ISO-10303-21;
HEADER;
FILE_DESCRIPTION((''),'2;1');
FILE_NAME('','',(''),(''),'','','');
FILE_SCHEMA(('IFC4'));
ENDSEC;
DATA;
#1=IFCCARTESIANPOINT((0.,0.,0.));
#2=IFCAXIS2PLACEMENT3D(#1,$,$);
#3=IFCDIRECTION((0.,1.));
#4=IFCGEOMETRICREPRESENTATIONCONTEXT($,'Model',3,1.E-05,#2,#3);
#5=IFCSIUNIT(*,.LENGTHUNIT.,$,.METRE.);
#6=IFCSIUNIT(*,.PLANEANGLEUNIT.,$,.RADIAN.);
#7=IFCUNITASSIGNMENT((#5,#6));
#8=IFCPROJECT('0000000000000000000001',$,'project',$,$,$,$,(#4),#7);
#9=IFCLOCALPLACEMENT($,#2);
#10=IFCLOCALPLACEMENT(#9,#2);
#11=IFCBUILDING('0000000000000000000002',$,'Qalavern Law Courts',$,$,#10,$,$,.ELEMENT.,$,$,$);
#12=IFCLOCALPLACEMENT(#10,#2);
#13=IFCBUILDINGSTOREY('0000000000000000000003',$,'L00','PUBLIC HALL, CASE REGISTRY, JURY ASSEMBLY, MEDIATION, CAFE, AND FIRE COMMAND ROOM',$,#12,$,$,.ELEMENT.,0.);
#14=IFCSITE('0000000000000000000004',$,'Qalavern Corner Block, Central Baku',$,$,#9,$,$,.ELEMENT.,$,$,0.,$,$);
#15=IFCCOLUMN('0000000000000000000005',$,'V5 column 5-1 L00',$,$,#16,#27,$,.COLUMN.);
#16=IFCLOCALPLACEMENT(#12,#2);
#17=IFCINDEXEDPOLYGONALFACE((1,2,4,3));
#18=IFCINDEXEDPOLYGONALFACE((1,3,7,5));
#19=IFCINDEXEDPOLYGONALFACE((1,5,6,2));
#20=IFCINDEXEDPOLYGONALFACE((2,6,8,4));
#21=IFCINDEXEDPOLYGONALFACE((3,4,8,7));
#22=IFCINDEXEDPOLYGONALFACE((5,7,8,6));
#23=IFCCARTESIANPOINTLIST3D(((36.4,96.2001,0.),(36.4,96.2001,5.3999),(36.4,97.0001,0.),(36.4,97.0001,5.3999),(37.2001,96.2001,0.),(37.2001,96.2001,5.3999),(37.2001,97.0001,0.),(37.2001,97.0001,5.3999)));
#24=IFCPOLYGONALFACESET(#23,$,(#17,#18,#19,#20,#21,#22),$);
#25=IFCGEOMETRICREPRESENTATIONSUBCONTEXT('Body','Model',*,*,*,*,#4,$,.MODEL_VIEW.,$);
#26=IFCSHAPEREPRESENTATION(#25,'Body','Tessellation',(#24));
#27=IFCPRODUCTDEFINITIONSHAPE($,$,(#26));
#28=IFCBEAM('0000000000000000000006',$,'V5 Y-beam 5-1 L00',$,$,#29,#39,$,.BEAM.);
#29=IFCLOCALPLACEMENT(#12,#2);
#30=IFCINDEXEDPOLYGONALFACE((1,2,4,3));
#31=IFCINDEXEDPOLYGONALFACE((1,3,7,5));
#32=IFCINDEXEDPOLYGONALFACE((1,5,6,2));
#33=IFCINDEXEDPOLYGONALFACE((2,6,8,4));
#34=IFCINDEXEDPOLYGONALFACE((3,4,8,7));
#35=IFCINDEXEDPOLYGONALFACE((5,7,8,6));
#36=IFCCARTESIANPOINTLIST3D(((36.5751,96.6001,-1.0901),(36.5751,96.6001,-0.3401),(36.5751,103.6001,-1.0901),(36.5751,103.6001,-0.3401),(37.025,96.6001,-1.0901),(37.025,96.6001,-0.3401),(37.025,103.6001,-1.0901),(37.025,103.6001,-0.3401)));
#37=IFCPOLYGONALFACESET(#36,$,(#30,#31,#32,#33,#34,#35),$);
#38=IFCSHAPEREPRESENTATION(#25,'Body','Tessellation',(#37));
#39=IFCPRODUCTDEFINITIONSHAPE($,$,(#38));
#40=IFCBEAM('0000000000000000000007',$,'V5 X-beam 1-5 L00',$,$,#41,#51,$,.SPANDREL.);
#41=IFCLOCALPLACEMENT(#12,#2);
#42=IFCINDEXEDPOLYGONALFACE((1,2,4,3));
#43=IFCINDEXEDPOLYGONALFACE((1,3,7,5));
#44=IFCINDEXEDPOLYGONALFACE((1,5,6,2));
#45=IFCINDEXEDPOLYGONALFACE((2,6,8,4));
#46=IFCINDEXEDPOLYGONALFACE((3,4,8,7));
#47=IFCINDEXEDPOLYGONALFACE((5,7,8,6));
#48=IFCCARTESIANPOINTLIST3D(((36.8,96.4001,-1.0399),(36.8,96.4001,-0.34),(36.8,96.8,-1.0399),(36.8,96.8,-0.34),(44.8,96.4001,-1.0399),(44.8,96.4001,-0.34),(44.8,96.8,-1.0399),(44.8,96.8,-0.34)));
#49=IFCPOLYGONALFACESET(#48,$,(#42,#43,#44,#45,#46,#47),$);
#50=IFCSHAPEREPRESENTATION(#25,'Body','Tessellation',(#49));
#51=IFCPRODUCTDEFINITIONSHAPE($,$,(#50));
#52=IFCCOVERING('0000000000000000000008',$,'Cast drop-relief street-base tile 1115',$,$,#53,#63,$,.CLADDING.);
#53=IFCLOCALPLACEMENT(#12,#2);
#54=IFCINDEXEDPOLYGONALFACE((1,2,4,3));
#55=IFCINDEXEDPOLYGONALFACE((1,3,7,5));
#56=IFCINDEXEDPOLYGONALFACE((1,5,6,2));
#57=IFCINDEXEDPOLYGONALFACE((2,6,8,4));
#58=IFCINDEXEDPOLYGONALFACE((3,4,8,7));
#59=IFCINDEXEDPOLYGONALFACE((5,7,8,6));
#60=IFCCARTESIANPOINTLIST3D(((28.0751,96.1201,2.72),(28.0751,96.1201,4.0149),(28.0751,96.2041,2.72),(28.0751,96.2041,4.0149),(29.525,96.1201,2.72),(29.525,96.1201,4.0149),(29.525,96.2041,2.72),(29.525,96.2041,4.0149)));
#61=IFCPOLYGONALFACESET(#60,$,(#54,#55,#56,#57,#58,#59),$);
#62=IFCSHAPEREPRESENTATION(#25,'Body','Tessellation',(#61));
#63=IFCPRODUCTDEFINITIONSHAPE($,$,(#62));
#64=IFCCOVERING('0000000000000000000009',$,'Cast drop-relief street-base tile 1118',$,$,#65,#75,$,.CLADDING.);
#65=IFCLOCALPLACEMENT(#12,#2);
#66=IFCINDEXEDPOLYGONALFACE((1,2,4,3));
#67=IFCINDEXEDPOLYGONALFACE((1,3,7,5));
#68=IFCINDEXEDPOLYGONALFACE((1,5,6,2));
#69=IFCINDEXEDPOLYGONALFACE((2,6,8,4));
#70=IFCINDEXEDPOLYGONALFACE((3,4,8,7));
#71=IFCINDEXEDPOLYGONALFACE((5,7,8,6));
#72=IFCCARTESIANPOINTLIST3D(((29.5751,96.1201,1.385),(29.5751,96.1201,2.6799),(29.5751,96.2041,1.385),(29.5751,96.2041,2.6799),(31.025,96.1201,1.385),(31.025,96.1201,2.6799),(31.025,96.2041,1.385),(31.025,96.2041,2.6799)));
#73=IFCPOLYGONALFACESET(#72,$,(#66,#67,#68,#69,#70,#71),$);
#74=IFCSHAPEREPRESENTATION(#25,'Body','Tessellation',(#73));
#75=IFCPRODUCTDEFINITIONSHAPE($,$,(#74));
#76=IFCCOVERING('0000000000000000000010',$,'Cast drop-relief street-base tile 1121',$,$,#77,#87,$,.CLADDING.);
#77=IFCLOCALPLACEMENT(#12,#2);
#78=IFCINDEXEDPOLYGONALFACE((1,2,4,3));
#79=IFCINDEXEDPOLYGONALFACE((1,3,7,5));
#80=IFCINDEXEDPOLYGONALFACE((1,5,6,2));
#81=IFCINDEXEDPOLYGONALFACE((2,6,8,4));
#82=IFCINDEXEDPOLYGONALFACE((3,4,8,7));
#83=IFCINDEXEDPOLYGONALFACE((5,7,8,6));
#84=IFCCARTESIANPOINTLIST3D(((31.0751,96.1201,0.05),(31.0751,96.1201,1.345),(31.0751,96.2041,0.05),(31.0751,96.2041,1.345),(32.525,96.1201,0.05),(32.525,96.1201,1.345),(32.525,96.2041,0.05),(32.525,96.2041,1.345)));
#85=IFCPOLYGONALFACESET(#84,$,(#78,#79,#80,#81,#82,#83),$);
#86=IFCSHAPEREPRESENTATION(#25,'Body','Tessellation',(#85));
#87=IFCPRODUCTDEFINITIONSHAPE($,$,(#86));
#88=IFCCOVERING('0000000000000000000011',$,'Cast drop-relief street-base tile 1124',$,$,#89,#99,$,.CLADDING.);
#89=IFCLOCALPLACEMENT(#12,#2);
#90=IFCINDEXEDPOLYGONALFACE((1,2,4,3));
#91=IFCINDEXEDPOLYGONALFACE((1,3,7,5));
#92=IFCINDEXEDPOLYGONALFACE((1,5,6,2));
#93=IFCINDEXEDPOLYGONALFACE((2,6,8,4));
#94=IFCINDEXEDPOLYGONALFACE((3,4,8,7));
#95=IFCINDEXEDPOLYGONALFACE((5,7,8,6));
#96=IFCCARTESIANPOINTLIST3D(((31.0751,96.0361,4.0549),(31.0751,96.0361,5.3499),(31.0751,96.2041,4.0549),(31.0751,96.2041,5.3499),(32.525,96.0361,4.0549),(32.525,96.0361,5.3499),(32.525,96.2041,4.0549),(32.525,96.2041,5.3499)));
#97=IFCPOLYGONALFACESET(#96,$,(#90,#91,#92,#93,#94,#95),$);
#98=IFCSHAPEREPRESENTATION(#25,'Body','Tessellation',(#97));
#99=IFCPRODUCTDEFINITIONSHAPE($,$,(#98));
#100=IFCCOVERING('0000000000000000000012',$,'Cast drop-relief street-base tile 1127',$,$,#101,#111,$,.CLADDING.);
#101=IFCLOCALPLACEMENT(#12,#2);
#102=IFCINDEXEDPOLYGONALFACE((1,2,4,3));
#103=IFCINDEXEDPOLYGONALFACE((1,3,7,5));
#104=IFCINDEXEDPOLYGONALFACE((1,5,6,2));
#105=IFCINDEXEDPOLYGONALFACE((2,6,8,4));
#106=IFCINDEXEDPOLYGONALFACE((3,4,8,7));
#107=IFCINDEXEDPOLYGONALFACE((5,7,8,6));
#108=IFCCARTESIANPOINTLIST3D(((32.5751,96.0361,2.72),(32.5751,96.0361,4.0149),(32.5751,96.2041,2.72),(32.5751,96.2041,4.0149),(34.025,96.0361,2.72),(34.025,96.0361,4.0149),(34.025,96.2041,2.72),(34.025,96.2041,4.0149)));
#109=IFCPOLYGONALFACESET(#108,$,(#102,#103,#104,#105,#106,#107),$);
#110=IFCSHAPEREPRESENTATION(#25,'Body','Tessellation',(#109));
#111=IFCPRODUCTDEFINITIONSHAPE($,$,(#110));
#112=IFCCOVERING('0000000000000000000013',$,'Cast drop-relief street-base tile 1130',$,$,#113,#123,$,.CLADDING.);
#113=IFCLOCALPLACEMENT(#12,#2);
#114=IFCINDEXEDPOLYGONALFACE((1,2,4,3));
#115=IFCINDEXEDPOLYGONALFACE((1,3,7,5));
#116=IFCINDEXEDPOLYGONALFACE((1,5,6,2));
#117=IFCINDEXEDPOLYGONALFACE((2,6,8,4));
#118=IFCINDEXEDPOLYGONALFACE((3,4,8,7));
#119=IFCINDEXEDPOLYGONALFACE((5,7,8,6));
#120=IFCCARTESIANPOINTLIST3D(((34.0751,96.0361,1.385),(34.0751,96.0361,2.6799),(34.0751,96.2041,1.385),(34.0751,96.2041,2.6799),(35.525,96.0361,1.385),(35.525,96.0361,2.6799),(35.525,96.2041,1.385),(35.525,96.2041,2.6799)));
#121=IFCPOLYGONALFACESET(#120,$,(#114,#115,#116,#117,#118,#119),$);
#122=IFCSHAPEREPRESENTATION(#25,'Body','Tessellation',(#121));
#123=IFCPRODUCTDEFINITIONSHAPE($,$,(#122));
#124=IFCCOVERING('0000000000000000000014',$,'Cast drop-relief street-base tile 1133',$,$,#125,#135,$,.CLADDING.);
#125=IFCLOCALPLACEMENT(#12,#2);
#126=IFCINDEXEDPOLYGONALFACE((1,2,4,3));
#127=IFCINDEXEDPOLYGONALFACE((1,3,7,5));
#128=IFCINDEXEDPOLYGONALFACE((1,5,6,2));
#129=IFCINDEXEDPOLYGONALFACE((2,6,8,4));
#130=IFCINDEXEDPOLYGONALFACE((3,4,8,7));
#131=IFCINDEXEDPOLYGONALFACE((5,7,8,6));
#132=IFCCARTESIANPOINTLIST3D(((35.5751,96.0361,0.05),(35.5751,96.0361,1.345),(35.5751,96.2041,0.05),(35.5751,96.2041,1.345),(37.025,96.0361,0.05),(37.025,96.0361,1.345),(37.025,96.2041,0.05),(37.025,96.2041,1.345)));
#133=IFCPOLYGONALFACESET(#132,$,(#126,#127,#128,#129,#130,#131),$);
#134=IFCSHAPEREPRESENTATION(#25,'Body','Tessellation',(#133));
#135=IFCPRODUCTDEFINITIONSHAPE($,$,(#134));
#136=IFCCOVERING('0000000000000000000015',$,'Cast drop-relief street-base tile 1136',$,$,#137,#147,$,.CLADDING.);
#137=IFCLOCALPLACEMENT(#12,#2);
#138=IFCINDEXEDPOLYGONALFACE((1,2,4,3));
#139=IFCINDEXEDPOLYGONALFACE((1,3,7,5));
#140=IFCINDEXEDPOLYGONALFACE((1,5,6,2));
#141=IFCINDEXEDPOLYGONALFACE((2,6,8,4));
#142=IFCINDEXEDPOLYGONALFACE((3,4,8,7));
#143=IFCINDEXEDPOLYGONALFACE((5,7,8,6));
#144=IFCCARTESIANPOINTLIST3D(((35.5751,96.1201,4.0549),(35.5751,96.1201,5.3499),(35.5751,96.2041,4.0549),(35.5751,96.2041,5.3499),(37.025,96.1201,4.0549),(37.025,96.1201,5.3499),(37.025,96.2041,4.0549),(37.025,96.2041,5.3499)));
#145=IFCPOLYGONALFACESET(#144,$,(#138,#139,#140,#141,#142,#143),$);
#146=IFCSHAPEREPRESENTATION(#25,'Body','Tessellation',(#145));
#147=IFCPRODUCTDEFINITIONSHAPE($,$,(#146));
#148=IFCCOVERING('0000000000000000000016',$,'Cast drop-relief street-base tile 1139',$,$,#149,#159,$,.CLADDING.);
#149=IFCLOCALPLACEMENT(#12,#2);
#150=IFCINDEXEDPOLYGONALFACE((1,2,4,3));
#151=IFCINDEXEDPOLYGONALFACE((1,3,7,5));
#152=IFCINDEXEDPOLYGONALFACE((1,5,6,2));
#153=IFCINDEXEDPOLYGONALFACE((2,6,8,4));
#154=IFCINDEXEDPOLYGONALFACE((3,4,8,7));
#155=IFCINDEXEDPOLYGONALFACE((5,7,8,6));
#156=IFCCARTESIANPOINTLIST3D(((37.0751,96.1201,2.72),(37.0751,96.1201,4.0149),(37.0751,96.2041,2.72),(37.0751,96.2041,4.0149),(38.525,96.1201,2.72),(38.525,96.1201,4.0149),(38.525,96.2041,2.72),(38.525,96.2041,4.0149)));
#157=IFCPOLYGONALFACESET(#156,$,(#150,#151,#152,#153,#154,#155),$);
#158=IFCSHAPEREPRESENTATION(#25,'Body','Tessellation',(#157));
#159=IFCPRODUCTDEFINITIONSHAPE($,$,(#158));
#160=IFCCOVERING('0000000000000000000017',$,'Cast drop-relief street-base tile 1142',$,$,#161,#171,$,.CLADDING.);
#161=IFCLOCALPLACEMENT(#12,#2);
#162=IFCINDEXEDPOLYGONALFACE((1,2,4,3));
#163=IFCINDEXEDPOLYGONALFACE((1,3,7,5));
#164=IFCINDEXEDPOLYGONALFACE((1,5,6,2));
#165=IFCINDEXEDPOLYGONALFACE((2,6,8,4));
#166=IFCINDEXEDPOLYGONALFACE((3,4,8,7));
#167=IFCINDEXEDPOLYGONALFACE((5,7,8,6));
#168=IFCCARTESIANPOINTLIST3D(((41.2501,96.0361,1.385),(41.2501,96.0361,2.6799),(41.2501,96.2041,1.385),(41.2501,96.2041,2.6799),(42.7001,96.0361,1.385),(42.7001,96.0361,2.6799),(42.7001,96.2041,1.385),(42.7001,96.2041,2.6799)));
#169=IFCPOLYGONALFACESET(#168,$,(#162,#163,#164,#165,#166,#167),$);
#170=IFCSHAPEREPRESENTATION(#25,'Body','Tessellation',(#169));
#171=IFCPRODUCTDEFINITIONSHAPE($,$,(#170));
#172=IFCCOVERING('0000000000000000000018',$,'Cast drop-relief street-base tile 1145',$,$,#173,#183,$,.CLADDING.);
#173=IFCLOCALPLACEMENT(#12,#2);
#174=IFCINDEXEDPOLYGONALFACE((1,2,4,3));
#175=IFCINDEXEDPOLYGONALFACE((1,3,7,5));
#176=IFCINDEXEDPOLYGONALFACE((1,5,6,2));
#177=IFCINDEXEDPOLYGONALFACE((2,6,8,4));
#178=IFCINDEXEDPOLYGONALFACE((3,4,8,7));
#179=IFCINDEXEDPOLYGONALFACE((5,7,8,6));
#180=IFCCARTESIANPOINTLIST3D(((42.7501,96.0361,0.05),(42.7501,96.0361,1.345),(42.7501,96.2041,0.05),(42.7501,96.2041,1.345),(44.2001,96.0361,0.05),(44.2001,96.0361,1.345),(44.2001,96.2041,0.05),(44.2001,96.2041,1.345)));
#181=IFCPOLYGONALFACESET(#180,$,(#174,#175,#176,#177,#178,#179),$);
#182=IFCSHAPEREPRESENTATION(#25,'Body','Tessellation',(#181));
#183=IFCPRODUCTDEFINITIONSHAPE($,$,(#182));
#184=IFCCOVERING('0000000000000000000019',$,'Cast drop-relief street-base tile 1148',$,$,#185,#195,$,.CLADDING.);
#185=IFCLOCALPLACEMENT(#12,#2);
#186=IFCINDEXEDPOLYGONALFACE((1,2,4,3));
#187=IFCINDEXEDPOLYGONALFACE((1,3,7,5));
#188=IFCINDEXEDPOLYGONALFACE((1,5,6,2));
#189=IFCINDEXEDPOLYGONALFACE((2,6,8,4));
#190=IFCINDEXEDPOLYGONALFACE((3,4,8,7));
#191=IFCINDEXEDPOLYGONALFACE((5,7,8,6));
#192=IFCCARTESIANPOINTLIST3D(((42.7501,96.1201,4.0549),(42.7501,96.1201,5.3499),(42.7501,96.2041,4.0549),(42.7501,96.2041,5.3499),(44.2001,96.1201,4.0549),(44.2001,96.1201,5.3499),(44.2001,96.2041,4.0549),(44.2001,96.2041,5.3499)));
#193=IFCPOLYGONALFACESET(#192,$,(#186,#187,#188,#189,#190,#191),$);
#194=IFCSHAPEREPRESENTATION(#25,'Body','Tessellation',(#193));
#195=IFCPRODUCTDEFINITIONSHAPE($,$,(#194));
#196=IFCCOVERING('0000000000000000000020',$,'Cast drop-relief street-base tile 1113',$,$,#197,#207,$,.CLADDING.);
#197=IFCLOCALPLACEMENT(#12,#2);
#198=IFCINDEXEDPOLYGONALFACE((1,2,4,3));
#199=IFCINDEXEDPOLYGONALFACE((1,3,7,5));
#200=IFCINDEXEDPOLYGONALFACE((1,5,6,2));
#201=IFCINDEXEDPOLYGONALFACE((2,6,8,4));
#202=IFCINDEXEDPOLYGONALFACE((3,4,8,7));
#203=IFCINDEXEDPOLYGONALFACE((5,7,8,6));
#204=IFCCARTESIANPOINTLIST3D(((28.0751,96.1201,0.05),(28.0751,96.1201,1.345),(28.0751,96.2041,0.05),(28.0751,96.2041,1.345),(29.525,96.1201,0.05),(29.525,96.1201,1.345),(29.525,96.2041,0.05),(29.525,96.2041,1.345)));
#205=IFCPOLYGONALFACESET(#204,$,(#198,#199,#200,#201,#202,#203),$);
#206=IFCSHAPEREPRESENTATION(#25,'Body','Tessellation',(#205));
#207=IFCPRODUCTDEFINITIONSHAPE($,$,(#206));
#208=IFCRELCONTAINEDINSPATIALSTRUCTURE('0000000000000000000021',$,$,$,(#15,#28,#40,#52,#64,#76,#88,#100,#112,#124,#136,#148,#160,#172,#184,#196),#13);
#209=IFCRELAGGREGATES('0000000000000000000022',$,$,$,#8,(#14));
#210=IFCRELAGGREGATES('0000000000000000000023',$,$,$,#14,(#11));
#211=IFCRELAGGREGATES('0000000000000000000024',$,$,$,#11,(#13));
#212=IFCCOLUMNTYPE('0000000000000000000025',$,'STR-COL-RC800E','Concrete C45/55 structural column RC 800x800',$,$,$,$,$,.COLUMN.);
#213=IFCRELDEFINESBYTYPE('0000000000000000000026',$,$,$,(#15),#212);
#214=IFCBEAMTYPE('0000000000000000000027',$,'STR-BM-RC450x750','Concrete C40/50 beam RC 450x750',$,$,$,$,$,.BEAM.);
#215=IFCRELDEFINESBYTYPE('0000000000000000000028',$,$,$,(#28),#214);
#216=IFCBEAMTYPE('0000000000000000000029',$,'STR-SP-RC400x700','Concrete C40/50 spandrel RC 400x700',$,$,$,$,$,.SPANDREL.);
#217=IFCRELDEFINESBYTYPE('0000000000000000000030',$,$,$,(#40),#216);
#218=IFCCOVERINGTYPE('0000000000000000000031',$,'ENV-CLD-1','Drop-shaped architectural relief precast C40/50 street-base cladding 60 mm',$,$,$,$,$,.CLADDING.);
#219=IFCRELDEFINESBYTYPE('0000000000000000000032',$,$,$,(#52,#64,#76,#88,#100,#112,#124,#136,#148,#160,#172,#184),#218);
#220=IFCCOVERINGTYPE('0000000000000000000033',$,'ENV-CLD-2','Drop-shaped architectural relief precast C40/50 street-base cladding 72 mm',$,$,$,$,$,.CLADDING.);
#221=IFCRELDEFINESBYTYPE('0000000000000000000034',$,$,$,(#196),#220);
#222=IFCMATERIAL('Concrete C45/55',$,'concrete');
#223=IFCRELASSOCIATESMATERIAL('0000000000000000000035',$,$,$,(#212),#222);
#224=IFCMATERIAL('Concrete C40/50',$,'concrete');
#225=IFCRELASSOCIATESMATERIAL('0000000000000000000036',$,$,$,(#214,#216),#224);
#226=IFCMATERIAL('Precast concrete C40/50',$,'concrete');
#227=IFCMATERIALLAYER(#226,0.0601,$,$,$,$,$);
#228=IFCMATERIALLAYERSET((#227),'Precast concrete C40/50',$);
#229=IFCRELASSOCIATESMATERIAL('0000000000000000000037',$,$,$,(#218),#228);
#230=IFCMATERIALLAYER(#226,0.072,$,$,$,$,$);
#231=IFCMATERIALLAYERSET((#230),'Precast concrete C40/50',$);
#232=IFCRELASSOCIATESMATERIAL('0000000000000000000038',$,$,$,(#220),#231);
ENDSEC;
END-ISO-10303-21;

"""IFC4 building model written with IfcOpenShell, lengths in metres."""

from ifc_helpers import new_model, si_unit, direction, frame, origin, origin_2d, place, context, subcontext, project, spatial, rectangle, extrude, material, layer, layer_set, material_profile, profile_set, type_object, element, save


model = new_model("IFC4")

# Units and contexts
model_context = context("Model", 3, precision=1e-05, world=origin(), true_north=direction((0.0, 1.0)))
body_context = subcontext(model_context, "Body", "Model", "MODEL_VIEW")
ifc_project = project(units=[si_unit("LENGTHUNIT", "METRE"), si_unit("PLANEANGLEUNIT", "RADIAN")], contexts=[model_context])

# Site, building, storey
site_placement = place(None, origin())
site = spatial("IfcSite", under=ifc_project, at=site_placement, Name="Qalavern Corner Block, Central Baku", CompositionType="ELEMENT", RefElevation=0.0)
building_placement = place(site_placement, origin())
building = spatial("IfcBuilding", under=site, at=building_placement, Name="Qalavern Law Courts", CompositionType="ELEMENT")
storey_placement = place(building_placement, origin())
storey = spatial("IfcBuildingStorey", under=building, at=storey_placement, Name="L00", Description="PUBLIC HALL, CASE REGISTRY, JURY ASSEMBLY, MEDIATION, CAFE, AND FIRE COMMAND ROOM", CompositionType="ELEMENT", Elevation=0.0)

# Column
ifc_material_1 = material(Name="Concrete C45/55", Category="concrete")
ifc_material_profile_1 = material_profile(ifc_material_1, rectangle(XDim=0.8, YDim=0.8, at=origin_2d()), Name="RC 800x800")
ifc_profile_set_1 = profile_set([ifc_material_profile_1], Name="Concrete C45/55")
column_type = type_object("IfcColumnType", Name="STR-COL-RC800E", Description="Concrete C45/55 structural column RC 800x800", PredefinedType="COLUMN", material=ifc_profile_set_1)
column_placement = place(storey_placement, frame((36.8, 96.6001, 0.0), z_axis=(0.0, 0.0, 1.0), x_axis=(1.0, 0.0, 0.0)))
element("IfcColumn", 1, at=column_placement, inside=storey, type_object=column_type, Name="V5 column 5-1 L00", PredefinedType="COLUMN", context=body_context, shape_type="SweptSolid", body=[
    extrude(rectangle(XDim=0.8, YDim=0.8, at=origin_2d()), origin(), (0.0, 0.0, 1.0), 5.3999),
])

# Beams
ifc_material_2 = material(Name="Concrete C40/50", Category="concrete")
ifc_material_profile_2 = material_profile(ifc_material_2, rectangle(XDim=0.45, YDim=0.75, at=origin_2d()), Name="RC 450x750")
ifc_profile_set_2 = profile_set([ifc_material_profile_2], Name="Concrete C40/50")
beam_type_1 = type_object("IfcBeamType", Name="STR-BM-RC450x750", Description="Concrete C40/50 beam RC 450x750", PredefinedType="BEAM", material=ifc_profile_set_2)
beam_1_placement = place(storey_placement, frame((36.8, 96.6001, -0.7151), z_axis=(0.0, 1.0, 0.0), x_axis=(-1.0, 0.0, 0.0)))
element("IfcBeam", 2, at=beam_1_placement, inside=storey, type_object=beam_type_1, Name="V5 Y-beam 5-1 L00", PredefinedType="BEAM", context=body_context, shape_type="SweptSolid", body=[
    extrude(rectangle(XDim=0.45, YDim=0.75, at=origin_2d()), origin(), (0.0, 0.0, 1.0), 7.0),
])
ifc_material_profile_3 = material_profile(ifc_material_2, rectangle(XDim=0.3999, YDim=0.7, at=origin_2d()), Name="RC 400x700")
ifc_profile_set_3 = profile_set([ifc_material_profile_3], Name="Concrete C40/50")
beam_type_2 = type_object("IfcBeamType", Name="STR-SP-RC400x700", Description="Concrete C40/50 spandrel RC 400x700", PredefinedType="SPANDREL", material=ifc_profile_set_3)
beam_2_placement = place(storey_placement, frame((36.8, 96.6001, -0.6899), z_axis=(1.0, 0.0, 0.0), x_axis=(0.0, 1.0, 0.0)))
element("IfcBeam", 3, at=beam_2_placement, inside=storey, type_object=beam_type_2, Name="V5 X-beam 1-5 L00", PredefinedType="SPANDREL", context=body_context, shape_type="SweptSolid", body=[
    extrude(rectangle(XDim=0.3999, YDim=0.7, at=origin_2d()), origin(), (0.0, 0.0, 1.0), 8.0),
])

# Coverings
ifc_material_3 = material(Name="Precast concrete C40/50", Category="concrete")
ifc_layer_1 = layer(ifc_material_3, 0.0601)
ifc_layer_set_1 = layer_set([ifc_layer_1], Name="Precast concrete C40/50")
covering_type_1 = type_object("IfcCoveringType", Name="ENV-CLD-1", Description="Drop-shaped architectural relief precast C40/50 street-base cladding 60 mm", PredefinedType="CLADDING", material=ifc_layer_set_1)
for number, where, z_axis, x_axis, name in (
    (4, (28.8, 96.1621, 2.72), (0.0, 0.0, 1.0), (1.0, 0.0, 0.0), "Cast drop-relief street-base tile 1115"),
    (5, (30.3, 96.1621, 1.385), (0.0, 0.0, 1.0), (1.0, 0.0, 0.0), "Cast drop-relief street-base tile 1118"),
    (6, (31.8, 96.1621, 0.05), (0.0, 0.0, 1.0), (1.0, 0.0, 0.0), "Cast drop-relief street-base tile 1121"),
):
    element("IfcCovering", number, at=place(storey_placement, frame(where, z_axis=z_axis, x_axis=x_axis)), inside=storey, type_object=covering_type_1, Name=name, PredefinedType="CLADDING", context=body_context, shape_type="SweptSolid", body=[
        extrude(rectangle(XDim=1.45, YDim=0.084, at=origin_2d()), origin(), (0.0, 0.0, 1.0), 1.2949),
    ])
for number, where, z_axis, x_axis, name in (
    (7, (31.8, 96.1201, 4.0549), (0.0, 0.0, 1.0), (1.0, 0.0, 0.0), "Cast drop-relief street-base tile 1124"),
    (8, (33.3, 96.1201, 2.72), (0.0, 0.0, 1.0), (1.0, 0.0, 0.0), "Cast drop-relief street-base tile 1127"),
    (9, (34.8, 96.1201, 1.385), (0.0, 0.0, 1.0), (1.0, 0.0, 0.0), "Cast drop-relief street-base tile 1130"),
    (10, (36.3, 96.1201, 0.05), (0.0, 0.0, 1.0), (1.0, 0.0, 0.0), "Cast drop-relief street-base tile 1133"),
):
    element("IfcCovering", number, at=place(storey_placement, frame(where, z_axis=z_axis, x_axis=x_axis)), inside=storey, type_object=covering_type_1, Name=name, PredefinedType="CLADDING", context=body_context, shape_type="SweptSolid", body=[
        extrude(rectangle(XDim=1.45, YDim=0.168, at=origin_2d()), origin(), (0.0, 0.0, 1.0), 1.2949),
    ])
for number, where, z_axis, x_axis, name in (
    (11, (36.3, 96.1621, 4.0549), (0.0, 0.0, 1.0), (1.0, 0.0, 0.0), "Cast drop-relief street-base tile 1136"),
    (12, (37.8, 96.1621, 2.72), (0.0, 0.0, 1.0), (1.0, 0.0, 0.0), "Cast drop-relief street-base tile 1139"),
):
    element("IfcCovering", number, at=place(storey_placement, frame(where, z_axis=z_axis, x_axis=x_axis)), inside=storey, type_object=covering_type_1, Name=name, PredefinedType="CLADDING", context=body_context, shape_type="SweptSolid", body=[
        extrude(rectangle(XDim=1.45, YDim=0.084, at=origin_2d()), origin(), (0.0, 0.0, 1.0), 1.2949),
    ])
for number, where, z_axis, x_axis, name in (
    (13, (41.9751, 96.1201, 1.385), (0.0, 0.0, 1.0), (1.0, 0.0, 0.0), "Cast drop-relief street-base tile 1142"),
    (14, (43.4751, 96.1201, 0.05), (0.0, 0.0, 1.0), (1.0, 0.0, 0.0), "Cast drop-relief street-base tile 1145"),
):
    element("IfcCovering", number, at=place(storey_placement, frame(where, z_axis=z_axis, x_axis=x_axis)), inside=storey, type_object=covering_type_1, Name=name, PredefinedType="CLADDING", context=body_context, shape_type="SweptSolid", body=[
        extrude(rectangle(XDim=1.45, YDim=0.168, at=origin_2d()), origin(), (0.0, 0.0, 1.0), 1.2949),
    ])
covering_1_placement = place(storey_placement, frame((43.4751, 96.1621, 4.0549), z_axis=(0.0, 0.0, 1.0), x_axis=(1.0, 0.0, 0.0)))
element("IfcCovering", 15, at=covering_1_placement, inside=storey, type_object=covering_type_1, Name="Cast drop-relief street-base tile 1148", PredefinedType="CLADDING", context=body_context, shape_type="SweptSolid", body=[
    extrude(rectangle(XDim=1.45, YDim=0.084, at=origin_2d()), origin(), (0.0, 0.0, 1.0), 1.2949),
])
ifc_layer_2 = layer(ifc_material_3, 0.072)
ifc_layer_set_2 = layer_set([ifc_layer_2], Name="Precast concrete C40/50")
covering_type_2 = type_object("IfcCoveringType", Name="ENV-CLD-2", Description="Drop-shaped architectural relief precast C40/50 street-base cladding 72 mm", PredefinedType="CLADDING", material=ifc_layer_set_2)
covering_2_placement = place(storey_placement, frame((28.8, 96.1621, 0.05), z_axis=(0.0, 0.0, 1.0), x_axis=(1.0, 0.0, 0.0)))
element("IfcCovering", 16, at=covering_2_placement, inside=storey, type_object=covering_type_2, Name="Cast drop-relief street-base tile 1113", PredefinedType="CLADDING", context=body_context, shape_type="SweptSolid", body=[
    extrude(rectangle(XDim=1.45, YDim=0.084, at=origin_2d()), origin(), (0.0, 0.0, 1.0), 1.2949),
])

save(model, "model.ifc")
